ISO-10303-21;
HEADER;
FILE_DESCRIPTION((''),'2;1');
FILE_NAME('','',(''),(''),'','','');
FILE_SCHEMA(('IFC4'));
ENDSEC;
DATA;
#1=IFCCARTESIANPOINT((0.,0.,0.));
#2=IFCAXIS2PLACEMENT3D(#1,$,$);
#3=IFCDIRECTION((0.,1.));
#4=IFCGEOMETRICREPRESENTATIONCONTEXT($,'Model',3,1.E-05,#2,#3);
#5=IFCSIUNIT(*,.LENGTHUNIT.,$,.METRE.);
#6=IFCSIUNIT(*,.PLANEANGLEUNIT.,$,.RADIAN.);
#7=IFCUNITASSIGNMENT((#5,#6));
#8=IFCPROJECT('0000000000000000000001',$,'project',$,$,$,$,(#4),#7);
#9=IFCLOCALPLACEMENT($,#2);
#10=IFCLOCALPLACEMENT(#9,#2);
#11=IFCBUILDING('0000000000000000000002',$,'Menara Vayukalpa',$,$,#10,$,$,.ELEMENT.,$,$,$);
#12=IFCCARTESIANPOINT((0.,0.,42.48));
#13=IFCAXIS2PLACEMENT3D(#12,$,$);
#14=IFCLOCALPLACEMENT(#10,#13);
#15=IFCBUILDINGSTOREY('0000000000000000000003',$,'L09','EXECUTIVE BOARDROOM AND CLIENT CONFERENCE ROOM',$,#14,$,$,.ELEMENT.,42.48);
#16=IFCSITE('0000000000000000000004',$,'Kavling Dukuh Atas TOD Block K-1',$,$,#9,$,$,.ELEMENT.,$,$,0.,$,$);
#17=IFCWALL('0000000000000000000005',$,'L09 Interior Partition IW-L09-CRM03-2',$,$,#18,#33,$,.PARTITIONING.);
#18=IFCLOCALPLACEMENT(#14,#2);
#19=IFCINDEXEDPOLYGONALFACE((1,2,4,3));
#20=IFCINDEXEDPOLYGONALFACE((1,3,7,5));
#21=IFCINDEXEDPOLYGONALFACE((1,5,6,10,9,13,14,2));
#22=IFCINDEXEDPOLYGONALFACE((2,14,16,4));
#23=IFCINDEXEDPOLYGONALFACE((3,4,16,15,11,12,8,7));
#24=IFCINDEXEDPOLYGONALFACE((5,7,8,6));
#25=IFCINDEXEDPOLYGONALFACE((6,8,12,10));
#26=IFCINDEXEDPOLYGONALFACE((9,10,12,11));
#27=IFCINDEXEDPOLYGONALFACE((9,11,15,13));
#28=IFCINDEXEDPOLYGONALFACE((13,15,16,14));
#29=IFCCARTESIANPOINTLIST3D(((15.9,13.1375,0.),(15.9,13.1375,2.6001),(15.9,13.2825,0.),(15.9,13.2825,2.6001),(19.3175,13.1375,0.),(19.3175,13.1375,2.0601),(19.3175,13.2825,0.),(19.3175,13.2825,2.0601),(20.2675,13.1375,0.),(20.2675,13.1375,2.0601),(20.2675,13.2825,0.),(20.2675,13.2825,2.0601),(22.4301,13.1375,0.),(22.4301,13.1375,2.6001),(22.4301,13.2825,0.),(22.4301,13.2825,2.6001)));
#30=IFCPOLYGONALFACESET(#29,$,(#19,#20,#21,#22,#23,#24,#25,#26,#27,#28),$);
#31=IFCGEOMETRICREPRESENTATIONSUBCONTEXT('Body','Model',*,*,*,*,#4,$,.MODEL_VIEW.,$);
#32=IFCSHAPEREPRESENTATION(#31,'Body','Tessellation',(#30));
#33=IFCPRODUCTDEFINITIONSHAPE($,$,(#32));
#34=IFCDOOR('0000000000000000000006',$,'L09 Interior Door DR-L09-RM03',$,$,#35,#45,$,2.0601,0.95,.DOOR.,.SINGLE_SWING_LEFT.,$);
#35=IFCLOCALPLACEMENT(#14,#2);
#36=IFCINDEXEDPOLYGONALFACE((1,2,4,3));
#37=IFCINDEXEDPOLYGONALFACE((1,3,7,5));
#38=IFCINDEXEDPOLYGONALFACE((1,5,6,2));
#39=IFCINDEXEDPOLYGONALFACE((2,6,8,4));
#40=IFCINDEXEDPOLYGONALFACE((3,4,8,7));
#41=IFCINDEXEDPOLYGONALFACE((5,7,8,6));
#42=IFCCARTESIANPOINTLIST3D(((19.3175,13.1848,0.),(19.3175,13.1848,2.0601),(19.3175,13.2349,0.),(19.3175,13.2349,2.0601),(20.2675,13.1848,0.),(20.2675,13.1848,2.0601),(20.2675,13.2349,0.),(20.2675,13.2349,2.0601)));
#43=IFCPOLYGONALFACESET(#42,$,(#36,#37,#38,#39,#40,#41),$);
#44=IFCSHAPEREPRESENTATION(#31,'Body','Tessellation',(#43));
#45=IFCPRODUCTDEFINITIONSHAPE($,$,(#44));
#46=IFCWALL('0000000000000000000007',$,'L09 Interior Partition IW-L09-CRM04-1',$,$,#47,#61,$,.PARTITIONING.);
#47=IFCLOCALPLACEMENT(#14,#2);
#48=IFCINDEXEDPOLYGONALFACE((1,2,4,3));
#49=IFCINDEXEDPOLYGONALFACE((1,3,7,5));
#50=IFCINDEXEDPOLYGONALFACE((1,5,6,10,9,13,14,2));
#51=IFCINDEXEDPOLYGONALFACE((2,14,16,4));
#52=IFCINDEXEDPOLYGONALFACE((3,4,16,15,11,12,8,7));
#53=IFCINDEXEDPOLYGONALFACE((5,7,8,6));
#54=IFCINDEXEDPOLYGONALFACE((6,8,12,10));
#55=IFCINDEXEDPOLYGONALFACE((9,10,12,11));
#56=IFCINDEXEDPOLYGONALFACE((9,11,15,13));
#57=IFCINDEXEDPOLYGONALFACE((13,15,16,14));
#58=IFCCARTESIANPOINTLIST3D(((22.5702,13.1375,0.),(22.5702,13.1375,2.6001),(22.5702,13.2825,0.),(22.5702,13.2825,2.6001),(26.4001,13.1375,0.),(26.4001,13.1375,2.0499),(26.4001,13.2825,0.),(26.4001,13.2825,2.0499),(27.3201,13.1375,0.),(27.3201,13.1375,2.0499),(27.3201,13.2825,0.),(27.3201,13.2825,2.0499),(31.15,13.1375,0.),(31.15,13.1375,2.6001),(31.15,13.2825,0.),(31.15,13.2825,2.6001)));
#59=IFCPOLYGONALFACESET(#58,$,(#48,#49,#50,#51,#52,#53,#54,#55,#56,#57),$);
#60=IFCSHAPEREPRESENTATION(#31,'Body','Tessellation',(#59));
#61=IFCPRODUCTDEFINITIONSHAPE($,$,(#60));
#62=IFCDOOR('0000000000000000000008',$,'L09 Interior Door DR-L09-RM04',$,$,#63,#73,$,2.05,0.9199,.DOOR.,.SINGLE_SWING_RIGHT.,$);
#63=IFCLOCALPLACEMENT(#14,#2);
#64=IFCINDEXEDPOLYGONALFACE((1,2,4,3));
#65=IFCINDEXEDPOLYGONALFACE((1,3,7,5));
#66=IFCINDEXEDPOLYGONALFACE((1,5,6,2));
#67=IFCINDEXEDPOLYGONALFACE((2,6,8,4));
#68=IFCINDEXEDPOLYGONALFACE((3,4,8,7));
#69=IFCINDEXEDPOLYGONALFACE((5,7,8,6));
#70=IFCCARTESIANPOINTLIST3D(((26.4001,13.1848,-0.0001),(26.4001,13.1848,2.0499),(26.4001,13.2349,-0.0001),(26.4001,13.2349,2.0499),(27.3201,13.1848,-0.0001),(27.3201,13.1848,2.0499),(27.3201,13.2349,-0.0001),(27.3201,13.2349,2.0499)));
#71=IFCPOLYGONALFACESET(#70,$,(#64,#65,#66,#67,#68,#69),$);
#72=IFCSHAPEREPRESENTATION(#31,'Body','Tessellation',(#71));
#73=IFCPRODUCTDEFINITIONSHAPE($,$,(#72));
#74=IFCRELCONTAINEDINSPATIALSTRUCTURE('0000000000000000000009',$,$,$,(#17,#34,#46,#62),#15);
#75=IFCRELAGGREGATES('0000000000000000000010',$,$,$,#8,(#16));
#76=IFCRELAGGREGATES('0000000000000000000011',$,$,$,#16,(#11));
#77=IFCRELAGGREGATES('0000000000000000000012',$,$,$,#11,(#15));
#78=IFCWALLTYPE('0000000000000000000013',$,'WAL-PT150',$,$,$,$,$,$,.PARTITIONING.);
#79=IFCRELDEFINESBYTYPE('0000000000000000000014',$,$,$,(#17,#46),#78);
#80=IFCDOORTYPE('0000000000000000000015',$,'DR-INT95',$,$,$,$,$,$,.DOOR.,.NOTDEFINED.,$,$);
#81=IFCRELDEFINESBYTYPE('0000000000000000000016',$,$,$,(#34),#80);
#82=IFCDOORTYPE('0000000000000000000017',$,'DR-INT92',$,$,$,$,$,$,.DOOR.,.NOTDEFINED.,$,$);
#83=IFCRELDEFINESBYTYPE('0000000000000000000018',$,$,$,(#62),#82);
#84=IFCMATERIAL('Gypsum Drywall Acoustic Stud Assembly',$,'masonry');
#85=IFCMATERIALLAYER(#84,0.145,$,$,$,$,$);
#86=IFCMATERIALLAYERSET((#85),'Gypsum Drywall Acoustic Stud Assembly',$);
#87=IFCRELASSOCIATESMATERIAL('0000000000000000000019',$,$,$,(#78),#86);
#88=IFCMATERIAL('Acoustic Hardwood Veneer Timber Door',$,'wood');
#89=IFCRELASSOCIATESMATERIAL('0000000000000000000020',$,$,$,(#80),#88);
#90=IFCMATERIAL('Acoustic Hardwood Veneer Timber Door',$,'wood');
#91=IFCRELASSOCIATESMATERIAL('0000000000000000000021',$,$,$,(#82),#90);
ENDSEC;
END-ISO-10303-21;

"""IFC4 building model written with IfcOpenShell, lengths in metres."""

from ifc_helpers import new_model, si_unit, direction, frame, frame_2d, origin, place, context, subcontext, project, spatial, rectangle, extrude, material, layer, layer_set, type_object, element, fill, save


model = new_model("IFC4")

# Units and contexts
model_context = context("Model", 3, precision=1e-05, world=origin(), true_north=direction((0.0, 1.0)))
body_context = subcontext(model_context, "Body", "Model", "MODEL_VIEW")
ifc_project = project(units=[si_unit("LENGTHUNIT", "METRE"), si_unit("PLANEANGLEUNIT", "RADIAN")], contexts=[model_context])

# Site, building, storey
site_placement = place(None, origin())
site = spatial("IfcSite", under=ifc_project, at=site_placement, Name="Kavling Dukuh Atas TOD Block K-1", CompositionType="ELEMENT", RefElevation=0.0)
building_placement = place(site_placement, origin())
building = spatial("IfcBuilding", under=site, at=building_placement, Name="Menara Vayukalpa", CompositionType="ELEMENT")
storey_placement = place(building_placement, frame((0.0, 0.0, 42.48)))
storey = spatial("IfcBuildingStorey", under=building, at=storey_placement, Name="L09", Description="EXECUTIVE BOARDROOM AND CLIENT CONFERENCE ROOM", CompositionType="ELEMENT", Elevation=42.48)

# Shared definitions
ifc_material_1 = material(Name="Gypsum Drywall Acoustic Stud Assembly", Category="masonry")
ifc_layer_1 = layer(ifc_material_1, 0.145)
ifc_layer_set_1 = layer_set([ifc_layer_1], Name="Gypsum Drywall Acoustic Stud Assembly")
wall_type_1 = type_object("IfcWallType", Name="WAL-PT150", PredefinedType="PARTITIONING", material=ifc_layer_set_1)
ifc_material_2 = material(Name="Acoustic Hardwood Veneer Timber Door", Category="wood")
door_type_1 = type_object("IfcDoorType", Name="DR-INT95", OperationType="NOTDEFINED", PredefinedType="DOOR", material=ifc_material_2)

# Walls, openings, doors
wall_1_placement = place(storey_placement, frame((15.8999, 13.21, 0.0), z_axis=(0.0, 0.0, 1.0), x_axis=(1.0, 0.0, 0.0)))
wall_1 = element("IfcWall", 1, at=wall_1_placement, inside=storey, type_object=wall_type_1, Name="L09 Interior Partition IW-L09-CRM03-2", PredefinedType="PARTITIONING", context=body_context, shape_type="SweptSolid", body=[
    extrude(rectangle(XDim=6.53, YDim=0.145, at=frame_2d((3.2651, 0.0))), origin(), (0.0, 0.0, 1.0), 2.6001),
])
opening_1_placement = place(wall_1_placement, frame((3.4175, 0.0, 0.0)))
opening_1 = element("IfcOpeningElement", 2, at=opening_1_placement, cuts=wall_1, PredefinedType="OPENING", context=body_context, shape_type="SweptSolid", body=[
    extrude(rectangle(XDim=0.95, YDim=2.0601, at=frame_2d((0.4751, 1.03))), frame((0.0, 0.0825, 0.0), z_axis=(0.0, -1.0, 0.0), x_axis=(1.0, 0.0, 0.0)), (0.0, 0.0, 1.0), 0.165),
])
door_1_placement = place(opening_1_placement, origin())
door_1 = element("IfcDoor", 3, at=door_1_placement, inside=storey, type_object=door_type_1, Name="L09 Interior Door DR-L09-RM03", OperationType="SINGLE_SWING_LEFT", OverallHeight=2.0601, OverallWidth=0.95, PredefinedType="DOOR", context=body_context, shape_type="SweptSolid", body=[
    extrude(rectangle(XDim=0.95, YDim=2.0601, at=frame_2d((0.4751, 1.03))), frame((0.0, 0.0249, 0.0), z_axis=(0.0, -1.0, 0.0), x_axis=(1.0, 0.0, 0.0)), (0.0, 0.0, 1.0), 0.05),
])
fill(opening_1, door_1)
wall_2_placement = place(storey_placement, frame((22.5701, 13.21, 0.0), z_axis=(0.0, 0.0, 1.0), x_axis=(1.0, 0.0, 0.0)))
wall_2 = element("IfcWall", 4, at=wall_2_placement, inside=storey, type_object=wall_type_1, Name="L09 Interior Partition IW-L09-CRM04-1", PredefinedType="PARTITIONING", context=body_context, shape_type="SweptSolid", body=[
    extrude(rectangle(XDim=8.5798, YDim=0.145, at=frame_2d((4.29, 0.0))), origin(), (0.0, 0.0, 1.0), 2.6001),
])
opening_2_placement = place(wall_2_placement, frame((3.8301, 0.0, 0.0)))
opening_2 = element("IfcOpeningElement", 5, at=opening_2_placement, cuts=wall_2, PredefinedType="OPENING", context=body_context, shape_type="SweptSolid", body=[
    extrude(rectangle(XDim=0.9199, YDim=2.05, at=frame_2d((0.46, 1.0249))), frame((0.0, 0.0825, 0.0), z_axis=(0.0, -1.0, 0.0), x_axis=(1.0, 0.0, 0.0)), (0.0, 0.0, 1.0), 0.165),
])
ifc_material_3 = material(Name="Acoustic Hardwood Veneer Timber Door", Category="wood")
door_type_2 = type_object("IfcDoorType", Name="DR-INT92", OperationType="NOTDEFINED", PredefinedType="DOOR", material=ifc_material_3)
door_2_placement = place(opening_2_placement, origin())
door_2 = element("IfcDoor", 6, at=door_2_placement, inside=storey, type_object=door_type_2, Name="L09 Interior Door DR-L09-RM04", OperationType="SINGLE_SWING_RIGHT", OverallHeight=2.05, OverallWidth=0.9199, PredefinedType="DOOR", context=body_context, shape_type="SweptSolid", body=[
    extrude(rectangle(XDim=0.9199, YDim=2.05, at=frame_2d((0.46, 1.0249))), frame((0.0, 0.0249, 0.0), z_axis=(0.0, -1.0, 0.0), x_axis=(1.0, 0.0, 0.0)), (0.0, 0.0, 1.0), 0.05),
])
fill(opening_2, door_2)

save(model, "model.ifc")
